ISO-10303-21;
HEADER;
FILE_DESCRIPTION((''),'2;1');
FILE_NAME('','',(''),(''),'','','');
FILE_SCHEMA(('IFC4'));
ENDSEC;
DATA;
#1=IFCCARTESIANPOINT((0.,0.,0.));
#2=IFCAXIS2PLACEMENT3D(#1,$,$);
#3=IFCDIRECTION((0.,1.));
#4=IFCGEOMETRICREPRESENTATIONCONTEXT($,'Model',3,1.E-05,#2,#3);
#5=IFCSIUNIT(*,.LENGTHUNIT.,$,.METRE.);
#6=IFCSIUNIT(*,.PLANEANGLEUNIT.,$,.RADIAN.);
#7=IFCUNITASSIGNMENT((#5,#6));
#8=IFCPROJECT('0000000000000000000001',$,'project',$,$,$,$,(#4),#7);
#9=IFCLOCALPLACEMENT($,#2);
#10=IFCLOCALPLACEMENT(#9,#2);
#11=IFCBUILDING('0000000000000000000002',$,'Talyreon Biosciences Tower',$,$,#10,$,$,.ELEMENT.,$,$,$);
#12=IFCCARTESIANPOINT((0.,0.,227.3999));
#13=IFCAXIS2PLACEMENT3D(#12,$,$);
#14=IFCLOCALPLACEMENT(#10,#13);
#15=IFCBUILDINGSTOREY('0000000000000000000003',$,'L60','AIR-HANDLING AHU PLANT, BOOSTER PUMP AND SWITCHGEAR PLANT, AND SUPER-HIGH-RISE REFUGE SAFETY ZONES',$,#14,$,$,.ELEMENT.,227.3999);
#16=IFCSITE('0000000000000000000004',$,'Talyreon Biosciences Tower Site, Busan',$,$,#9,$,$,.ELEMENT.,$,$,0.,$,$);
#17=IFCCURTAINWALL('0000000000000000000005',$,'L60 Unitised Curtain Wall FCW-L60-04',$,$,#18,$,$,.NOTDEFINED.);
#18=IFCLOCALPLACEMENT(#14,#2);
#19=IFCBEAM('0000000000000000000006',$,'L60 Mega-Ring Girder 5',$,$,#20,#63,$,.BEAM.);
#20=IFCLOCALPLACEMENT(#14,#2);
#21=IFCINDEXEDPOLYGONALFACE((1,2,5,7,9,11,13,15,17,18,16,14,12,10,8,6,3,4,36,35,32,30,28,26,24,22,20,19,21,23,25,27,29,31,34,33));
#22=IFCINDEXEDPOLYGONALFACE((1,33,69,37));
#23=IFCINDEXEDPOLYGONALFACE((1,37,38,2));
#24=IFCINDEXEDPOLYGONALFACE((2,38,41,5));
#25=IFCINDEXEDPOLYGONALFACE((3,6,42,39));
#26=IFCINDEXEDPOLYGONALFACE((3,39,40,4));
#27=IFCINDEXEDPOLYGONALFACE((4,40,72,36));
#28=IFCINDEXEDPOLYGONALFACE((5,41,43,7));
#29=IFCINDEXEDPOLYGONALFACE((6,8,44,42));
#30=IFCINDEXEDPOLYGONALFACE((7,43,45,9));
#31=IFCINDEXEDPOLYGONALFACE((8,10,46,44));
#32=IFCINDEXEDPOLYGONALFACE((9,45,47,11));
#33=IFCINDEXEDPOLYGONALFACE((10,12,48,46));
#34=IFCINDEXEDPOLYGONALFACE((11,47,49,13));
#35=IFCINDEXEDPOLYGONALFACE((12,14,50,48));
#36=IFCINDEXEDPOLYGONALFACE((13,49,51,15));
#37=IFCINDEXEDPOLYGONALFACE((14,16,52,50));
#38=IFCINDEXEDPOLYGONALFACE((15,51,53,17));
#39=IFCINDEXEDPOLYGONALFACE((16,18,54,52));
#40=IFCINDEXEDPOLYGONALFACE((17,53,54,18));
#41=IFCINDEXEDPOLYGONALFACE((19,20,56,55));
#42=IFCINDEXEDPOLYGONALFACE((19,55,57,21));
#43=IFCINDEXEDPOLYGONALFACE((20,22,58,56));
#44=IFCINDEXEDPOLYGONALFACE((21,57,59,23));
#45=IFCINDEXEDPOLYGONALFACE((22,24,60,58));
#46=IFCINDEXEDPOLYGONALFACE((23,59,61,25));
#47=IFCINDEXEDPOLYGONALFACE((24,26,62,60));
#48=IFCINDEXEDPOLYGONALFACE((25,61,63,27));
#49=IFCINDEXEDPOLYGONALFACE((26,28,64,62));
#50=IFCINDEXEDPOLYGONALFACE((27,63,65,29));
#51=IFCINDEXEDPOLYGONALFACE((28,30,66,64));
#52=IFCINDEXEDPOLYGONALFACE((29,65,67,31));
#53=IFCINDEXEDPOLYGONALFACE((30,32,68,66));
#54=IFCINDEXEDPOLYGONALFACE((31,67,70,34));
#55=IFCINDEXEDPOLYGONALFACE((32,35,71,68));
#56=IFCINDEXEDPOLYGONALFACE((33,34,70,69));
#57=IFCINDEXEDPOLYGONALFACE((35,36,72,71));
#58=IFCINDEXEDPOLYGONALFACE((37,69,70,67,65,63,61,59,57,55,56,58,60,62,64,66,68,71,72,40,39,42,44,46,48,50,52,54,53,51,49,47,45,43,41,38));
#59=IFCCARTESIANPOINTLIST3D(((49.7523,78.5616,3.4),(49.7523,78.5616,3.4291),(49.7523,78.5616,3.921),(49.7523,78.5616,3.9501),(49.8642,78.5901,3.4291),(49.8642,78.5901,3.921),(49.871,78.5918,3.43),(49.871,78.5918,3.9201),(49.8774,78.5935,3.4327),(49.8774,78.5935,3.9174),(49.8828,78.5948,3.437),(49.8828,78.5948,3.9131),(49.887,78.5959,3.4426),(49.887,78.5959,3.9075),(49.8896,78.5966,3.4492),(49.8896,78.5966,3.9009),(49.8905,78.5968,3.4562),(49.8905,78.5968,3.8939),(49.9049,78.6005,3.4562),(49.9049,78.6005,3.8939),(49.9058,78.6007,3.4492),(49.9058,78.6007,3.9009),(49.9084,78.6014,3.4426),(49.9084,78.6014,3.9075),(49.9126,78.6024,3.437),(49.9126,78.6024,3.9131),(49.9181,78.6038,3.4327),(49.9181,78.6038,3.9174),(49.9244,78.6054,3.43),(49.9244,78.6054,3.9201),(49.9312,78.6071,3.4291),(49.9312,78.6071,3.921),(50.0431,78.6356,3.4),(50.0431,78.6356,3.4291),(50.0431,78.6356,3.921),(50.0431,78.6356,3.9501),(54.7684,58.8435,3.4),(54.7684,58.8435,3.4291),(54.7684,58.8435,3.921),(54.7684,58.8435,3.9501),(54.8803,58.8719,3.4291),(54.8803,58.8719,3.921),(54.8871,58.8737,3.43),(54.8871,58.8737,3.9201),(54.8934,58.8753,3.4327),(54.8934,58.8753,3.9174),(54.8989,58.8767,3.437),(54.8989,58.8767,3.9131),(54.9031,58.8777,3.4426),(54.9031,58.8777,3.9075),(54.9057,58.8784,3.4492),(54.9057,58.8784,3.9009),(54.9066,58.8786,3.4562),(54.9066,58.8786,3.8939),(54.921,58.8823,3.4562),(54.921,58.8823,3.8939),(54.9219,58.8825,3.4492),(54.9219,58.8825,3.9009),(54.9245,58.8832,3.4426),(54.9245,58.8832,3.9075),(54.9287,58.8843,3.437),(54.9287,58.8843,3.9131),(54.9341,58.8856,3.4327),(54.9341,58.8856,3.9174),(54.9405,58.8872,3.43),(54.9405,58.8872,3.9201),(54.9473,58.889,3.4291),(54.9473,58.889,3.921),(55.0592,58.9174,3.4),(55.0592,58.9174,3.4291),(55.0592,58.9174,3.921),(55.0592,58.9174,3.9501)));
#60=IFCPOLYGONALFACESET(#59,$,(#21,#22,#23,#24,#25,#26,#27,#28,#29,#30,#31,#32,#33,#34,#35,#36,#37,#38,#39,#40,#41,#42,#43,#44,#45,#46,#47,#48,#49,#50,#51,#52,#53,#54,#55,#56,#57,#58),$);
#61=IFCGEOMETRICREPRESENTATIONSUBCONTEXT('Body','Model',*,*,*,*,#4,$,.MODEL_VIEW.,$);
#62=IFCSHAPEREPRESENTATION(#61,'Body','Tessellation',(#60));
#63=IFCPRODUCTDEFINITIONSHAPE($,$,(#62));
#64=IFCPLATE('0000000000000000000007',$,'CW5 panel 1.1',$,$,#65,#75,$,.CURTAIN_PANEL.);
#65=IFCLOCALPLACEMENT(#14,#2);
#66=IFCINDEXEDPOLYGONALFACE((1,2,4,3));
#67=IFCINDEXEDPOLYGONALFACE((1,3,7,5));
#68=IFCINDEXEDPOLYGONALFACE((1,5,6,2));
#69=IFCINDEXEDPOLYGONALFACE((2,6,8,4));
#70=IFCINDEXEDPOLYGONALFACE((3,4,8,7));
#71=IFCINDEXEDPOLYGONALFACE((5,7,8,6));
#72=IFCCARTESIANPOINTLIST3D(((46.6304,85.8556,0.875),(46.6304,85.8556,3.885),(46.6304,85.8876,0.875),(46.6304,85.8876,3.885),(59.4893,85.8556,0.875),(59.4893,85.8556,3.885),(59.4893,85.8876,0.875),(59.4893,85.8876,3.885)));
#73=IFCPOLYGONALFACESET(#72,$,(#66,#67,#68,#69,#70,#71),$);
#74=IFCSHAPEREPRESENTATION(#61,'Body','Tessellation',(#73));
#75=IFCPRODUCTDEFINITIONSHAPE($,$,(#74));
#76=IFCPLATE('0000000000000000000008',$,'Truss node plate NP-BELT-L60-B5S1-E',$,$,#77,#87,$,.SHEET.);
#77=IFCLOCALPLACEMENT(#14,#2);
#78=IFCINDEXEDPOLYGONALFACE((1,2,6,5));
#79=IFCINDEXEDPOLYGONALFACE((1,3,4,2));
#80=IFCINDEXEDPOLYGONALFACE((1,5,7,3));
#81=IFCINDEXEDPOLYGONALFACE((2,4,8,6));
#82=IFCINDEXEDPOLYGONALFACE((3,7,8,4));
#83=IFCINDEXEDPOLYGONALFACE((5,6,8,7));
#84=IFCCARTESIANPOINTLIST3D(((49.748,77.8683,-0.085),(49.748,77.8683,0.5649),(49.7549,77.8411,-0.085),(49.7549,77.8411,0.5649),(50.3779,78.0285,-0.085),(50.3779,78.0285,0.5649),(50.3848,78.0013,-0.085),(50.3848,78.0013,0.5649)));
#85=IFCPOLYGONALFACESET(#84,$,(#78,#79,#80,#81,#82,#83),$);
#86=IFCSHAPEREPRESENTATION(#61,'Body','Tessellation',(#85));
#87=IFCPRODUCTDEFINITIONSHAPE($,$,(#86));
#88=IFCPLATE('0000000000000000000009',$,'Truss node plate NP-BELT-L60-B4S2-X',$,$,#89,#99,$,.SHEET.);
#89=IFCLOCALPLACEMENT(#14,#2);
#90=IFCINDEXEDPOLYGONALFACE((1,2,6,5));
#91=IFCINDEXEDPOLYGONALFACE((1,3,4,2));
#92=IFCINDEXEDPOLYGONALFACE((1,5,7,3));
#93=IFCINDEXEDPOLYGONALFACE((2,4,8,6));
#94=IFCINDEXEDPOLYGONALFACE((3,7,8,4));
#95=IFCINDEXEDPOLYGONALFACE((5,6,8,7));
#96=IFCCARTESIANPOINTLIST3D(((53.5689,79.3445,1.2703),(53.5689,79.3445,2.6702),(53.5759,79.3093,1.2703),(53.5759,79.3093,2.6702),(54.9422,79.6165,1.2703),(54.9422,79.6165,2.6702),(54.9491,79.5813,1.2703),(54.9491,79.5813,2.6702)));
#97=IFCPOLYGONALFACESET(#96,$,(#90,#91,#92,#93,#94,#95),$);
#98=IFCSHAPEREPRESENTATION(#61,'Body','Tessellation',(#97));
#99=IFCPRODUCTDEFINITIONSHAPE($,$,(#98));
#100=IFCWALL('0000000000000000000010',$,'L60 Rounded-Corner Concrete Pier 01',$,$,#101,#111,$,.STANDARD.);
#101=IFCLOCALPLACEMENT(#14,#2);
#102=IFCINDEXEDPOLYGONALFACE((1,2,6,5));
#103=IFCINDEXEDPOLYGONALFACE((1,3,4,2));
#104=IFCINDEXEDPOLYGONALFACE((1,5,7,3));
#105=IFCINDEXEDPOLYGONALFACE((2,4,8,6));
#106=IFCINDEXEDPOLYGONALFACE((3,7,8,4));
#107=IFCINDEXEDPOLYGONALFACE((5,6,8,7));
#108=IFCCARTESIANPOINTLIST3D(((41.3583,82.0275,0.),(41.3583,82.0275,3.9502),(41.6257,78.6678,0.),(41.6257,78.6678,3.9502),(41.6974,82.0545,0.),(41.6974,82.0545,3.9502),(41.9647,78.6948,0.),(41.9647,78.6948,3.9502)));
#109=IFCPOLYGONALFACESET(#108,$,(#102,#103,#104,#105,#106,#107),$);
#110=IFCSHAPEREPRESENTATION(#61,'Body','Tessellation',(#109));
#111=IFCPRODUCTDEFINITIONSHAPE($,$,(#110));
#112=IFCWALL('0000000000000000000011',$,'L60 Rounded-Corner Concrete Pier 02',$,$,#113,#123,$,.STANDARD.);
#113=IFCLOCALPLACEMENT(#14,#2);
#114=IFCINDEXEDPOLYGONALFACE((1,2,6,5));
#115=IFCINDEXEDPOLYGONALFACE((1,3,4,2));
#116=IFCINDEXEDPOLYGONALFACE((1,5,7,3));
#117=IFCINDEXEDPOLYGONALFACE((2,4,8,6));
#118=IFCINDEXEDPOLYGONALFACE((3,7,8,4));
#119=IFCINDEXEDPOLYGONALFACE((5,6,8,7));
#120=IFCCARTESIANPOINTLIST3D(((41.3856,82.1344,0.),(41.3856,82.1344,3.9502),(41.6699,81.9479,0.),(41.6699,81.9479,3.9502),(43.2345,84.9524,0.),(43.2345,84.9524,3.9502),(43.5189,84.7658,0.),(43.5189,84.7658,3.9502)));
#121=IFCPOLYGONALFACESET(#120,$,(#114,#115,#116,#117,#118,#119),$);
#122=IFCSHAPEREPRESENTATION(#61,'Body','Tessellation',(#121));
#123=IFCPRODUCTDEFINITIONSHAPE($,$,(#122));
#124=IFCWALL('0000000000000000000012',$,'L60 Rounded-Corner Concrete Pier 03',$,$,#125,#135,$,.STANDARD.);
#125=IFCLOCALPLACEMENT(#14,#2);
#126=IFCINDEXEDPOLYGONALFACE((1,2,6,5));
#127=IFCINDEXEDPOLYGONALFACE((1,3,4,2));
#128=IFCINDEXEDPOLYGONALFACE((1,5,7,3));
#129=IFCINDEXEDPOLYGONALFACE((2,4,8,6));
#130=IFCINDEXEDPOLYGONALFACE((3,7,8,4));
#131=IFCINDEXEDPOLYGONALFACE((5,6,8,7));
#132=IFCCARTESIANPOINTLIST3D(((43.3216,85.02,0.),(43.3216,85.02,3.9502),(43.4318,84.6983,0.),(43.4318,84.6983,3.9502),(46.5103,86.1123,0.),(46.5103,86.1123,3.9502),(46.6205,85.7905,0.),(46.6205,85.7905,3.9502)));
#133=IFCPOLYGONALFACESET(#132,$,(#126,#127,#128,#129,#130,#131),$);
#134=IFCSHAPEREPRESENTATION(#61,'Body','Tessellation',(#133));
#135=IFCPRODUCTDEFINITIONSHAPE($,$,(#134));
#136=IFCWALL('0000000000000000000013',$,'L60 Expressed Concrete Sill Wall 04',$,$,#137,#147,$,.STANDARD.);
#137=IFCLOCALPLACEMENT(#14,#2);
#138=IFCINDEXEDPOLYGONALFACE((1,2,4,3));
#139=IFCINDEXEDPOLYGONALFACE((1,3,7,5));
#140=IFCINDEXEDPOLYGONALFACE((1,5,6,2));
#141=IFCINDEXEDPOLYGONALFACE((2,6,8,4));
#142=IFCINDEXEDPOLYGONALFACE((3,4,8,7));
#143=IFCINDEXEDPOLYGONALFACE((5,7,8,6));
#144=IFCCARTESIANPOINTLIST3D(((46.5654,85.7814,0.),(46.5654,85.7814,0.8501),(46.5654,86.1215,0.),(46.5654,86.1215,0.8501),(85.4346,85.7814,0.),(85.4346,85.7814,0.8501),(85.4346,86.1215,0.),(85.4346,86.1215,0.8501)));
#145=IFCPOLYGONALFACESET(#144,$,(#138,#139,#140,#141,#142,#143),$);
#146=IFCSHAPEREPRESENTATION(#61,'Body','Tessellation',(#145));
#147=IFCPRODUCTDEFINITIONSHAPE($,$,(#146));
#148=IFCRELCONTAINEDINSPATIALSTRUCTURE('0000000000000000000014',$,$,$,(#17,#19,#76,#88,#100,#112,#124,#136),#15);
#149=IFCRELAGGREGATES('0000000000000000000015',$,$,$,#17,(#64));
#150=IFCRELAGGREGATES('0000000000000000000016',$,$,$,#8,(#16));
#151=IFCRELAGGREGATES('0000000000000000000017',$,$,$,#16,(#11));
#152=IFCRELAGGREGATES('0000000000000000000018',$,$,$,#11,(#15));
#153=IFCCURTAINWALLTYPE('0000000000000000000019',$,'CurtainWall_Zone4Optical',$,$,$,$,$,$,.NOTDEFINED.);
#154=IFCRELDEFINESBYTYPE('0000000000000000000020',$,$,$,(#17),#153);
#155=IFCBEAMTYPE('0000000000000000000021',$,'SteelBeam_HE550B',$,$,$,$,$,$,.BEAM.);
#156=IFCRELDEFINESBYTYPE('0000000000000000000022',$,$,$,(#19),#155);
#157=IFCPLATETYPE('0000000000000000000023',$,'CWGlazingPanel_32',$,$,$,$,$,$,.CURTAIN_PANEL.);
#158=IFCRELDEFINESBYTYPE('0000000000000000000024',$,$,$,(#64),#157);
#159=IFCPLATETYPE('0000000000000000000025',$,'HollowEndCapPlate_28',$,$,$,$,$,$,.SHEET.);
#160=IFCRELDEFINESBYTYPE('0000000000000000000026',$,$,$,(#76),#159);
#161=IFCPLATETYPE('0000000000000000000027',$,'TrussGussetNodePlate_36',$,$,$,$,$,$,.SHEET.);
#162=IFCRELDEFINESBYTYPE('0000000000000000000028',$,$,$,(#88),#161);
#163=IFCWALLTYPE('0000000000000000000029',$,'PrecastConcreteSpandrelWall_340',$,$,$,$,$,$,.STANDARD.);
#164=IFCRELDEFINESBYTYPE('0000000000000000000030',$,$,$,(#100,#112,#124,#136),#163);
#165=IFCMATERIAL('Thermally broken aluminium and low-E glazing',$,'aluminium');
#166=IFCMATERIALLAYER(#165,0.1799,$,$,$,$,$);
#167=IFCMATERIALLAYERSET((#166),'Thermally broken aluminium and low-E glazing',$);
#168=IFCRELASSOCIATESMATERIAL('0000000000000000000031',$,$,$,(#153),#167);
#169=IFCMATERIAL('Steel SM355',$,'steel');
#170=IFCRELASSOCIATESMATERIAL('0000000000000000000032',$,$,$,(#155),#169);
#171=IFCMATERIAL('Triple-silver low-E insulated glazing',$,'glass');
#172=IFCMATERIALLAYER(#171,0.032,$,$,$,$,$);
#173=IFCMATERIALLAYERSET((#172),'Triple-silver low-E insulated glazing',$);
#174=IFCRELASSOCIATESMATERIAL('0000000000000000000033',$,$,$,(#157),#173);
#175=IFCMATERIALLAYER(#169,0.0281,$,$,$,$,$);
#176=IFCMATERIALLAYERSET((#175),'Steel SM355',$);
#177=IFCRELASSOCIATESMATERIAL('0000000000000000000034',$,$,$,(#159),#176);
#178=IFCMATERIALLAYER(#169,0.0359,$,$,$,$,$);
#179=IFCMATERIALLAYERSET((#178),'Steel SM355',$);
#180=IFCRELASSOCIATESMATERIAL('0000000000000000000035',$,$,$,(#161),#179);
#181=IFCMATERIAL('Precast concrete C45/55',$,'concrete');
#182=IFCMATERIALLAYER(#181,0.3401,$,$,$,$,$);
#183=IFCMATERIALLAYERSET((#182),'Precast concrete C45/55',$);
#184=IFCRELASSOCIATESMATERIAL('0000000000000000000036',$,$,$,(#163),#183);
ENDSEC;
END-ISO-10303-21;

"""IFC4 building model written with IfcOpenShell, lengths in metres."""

from ifc_helpers import new_model, si_unit, direction, frame, frame_2d, origin, origin_2d, place, context, subcontext, project, spatial, rectangle, i_section, extrude, material, layer, layer_set, material_profile, profile_set, type_object, element, aggregate, save


model = new_model("IFC4")

# Units and contexts
model_context = context("Model", 3, precision=1e-05, world=origin(), true_north=direction((0.0, 1.0)))
body_context = subcontext(model_context, "Body", "Model", "MODEL_VIEW")
ifc_project = project(units=[si_unit("LENGTHUNIT", "METRE"), si_unit("PLANEANGLEUNIT", "RADIAN")], contexts=[model_context])

# Site, building, storey
site_placement = place(None, origin())
site = spatial("IfcSite", under=ifc_project, at=site_placement, Name="Talyreon Biosciences Tower Site, Busan", CompositionType="ELEMENT", RefElevation=0.0)
building_placement = place(site_placement, origin())
building = spatial("IfcBuilding", under=site, at=building_placement, Name="Talyreon Biosciences Tower", CompositionType="ELEMENT")
storey_placement = place(building_placement, frame((0.0, 0.0, 227.3999)))
storey = spatial("IfcBuildingStorey", under=building, at=storey_placement, Name="L60", Description="AIR-HANDLING AHU PLANT, BOOSTER PUMP AND SWITCHGEAR PLANT, AND SUPER-HIGH-RISE REFUGE SAFETY ZONES", CompositionType="ELEMENT", Elevation=227.3999)

# Shared definitions
ifc_material_1 = material(Name="Steel SM355", Category="steel")

# Shared definitions
ifc_material_2 = material(Name="Thermally broken aluminium and low-E glazing", Category="aluminium")
ifc_layer_1 = layer(ifc_material_2, 0.1799)
ifc_layer_set_1 = layer_set([ifc_layer_1], Name="Thermally broken aluminium and low-E glazing")
curtain_wall_type = type_object("IfcCurtainWallType", Name="CurtainWall_Zone4Optical", PredefinedType="NOTDEFINED", material=ifc_layer_set_1)

# Curtain wall
curtain_wall_1_placement = place(storey_placement, origin())
curtain_wall_1 = element("IfcCurtainWall", 1, at=curtain_wall_1_placement, inside=storey, type_object=curtain_wall_type, Name="L60 Unitised Curtain Wall FCW-L60-04", PredefinedType="NOTDEFINED")

# Shared definitions
ifc_material_3 = material(Name="Precast concrete C45/55", Category="concrete")

# Beam
ifc_material_profile_1 = material_profile(ifc_material_1, i_section(OverallWidth=0.3, OverallDepth=0.55, WebThickness=0.0149, FlangeThickness=0.0291, FilletRadius=0.0271, at=origin_2d()), Name="HE550B")
ifc_profile_set_1 = profile_set([ifc_material_profile_1], Name="Steel SM355")
beam_type_1 = type_object("IfcBeamType", Name="SteelBeam_HE550B", PredefinedType="BEAM", material=ifc_profile_set_1)
beam_1_placement = place(storey_placement, frame((49.8977, 78.5986, 3.675), z_axis=(0.246537, -0.969133, 0.0), x_axis=(0.969133, 0.246537, 0.0)))
element("IfcBeam", 2, at=beam_1_placement, inside=storey, type_object=beam_type_1, Name="L60 Mega-Ring Girder 5", PredefinedType="BEAM", context=body_context, shape_type="SweptSolid", body=[
    extrude(i_section(OverallWidth=0.3, OverallDepth=0.55, WebThickness=0.0149, FlangeThickness=0.0291, FilletRadius=0.0271, at=origin_2d()), origin(), (0.0, 0.0, 1.0), 20.3462),
])

# Plate
ifc_material_4 = material(Name="Triple-silver low-E insulated glazing", Category="glass")
ifc_layer_2 = layer(ifc_material_4, 0.032)
ifc_layer_set_2 = layer_set([ifc_layer_2], Name="Triple-silver low-E insulated glazing")
plate_type_1 = type_object("IfcPlateType", Name="CWGlazingPanel_32", PredefinedType="CURTAIN_PANEL", material=ifc_layer_set_2)
plate_1_placement = place(storey_placement, frame((53.0598, 85.8716, 0.875), z_axis=(0.0, 0.0, 1.0), x_axis=(1.0, 0.0, 0.0)))
plate_1 = element("IfcPlate", 3, at=plate_1_placement, type_object=plate_type_1, Name="CW5 panel 1.1", PredefinedType="CURTAIN_PANEL", context=body_context, shape_type="SweptSolid", body=[
    extrude(rectangle(XDim=12.8589, YDim=0.032, at=origin_2d()), origin(), (0.0, 0.0, 1.0), 3.01),
])
aggregate(curtain_wall_1, [plate_1])

# Plates
ifc_layer_3 = layer(ifc_material_1, 0.0281)
ifc_layer_set_3 = layer_set([ifc_layer_3], Name="Steel SM355")
plate_type_2 = type_object("IfcPlateType", Name="HollowEndCapPlate_28", PredefinedType="SHEET", material=ifc_layer_set_3)
plate_2_placement = place(storey_placement, frame((50.0664, 77.9348, -0.085), z_axis=(0.0, 0.0, 1.0), x_axis=(0.969132, 0.246542, 0.0)))
element("IfcPlate", 4, at=plate_2_placement, inside=storey, type_object=plate_type_2, Name="Truss node plate NP-BELT-L60-B5S1-E", PredefinedType="SHEET", context=body_context, shape_type="SweptSolid", body=[
    extrude(rectangle(XDim=0.6499, YDim=0.0281, at=origin_2d()), origin(), (0.0, 0.0, 1.0), 0.6499),
])
ifc_layer_4 = layer(ifc_material_1, 0.0359)
ifc_layer_set_4 = layer_set([ifc_layer_4], Name="Steel SM355")
plate_type_3 = type_object("IfcPlateType", Name="TrussGussetNodePlate_36", PredefinedType="SHEET", material=ifc_layer_set_4)
plate_3_placement = place(storey_placement, frame((54.259, 79.4629, 1.2703), z_axis=(0.0, 0.0, 1.0), x_axis=(-0.980935, -0.194337, 0.0)))
element("IfcPlate", 5, at=plate_3_placement, inside=storey, type_object=plate_type_3, Name="Truss node plate NP-BELT-L60-B4S2-X", PredefinedType="SHEET", context=body_context, shape_type="SweptSolid", body=[
    extrude(rectangle(XDim=1.3999, YDim=0.0359, at=origin_2d()), origin(), (0.0, 0.0, 1.0), 1.3999),
])

# Walls
ifc_layer_5 = layer(ifc_material_3, 0.3401)
ifc_layer_set_5 = layer_set([ifc_layer_5], Name="Precast concrete C45/55")
wall_type = type_object("IfcWallType", Name="PrecastConcreteSpandrelWall_340", PredefinedType="STANDARD", material=ifc_layer_set_5)
for number, where, z_axis, x_axis, name in (
    (6, (41.7952, 78.6814, 0.0), (0.0, 0.0, 1.0), (-0.079316, 0.99685, 0.0), "L60 Rounded-Corner Concrete Pier 01"),
    (7, (41.5278, 82.0413, 0.0), (0.0, 0.0, 1.0), (0.548584, 0.836096, 0.0), "L60 Rounded-Corner Concrete Pier 02"),
):
    element("IfcWall", number, at=place(storey_placement, frame(where, z_axis=z_axis, x_axis=x_axis)), inside=storey, type_object=wall_type, Name=name, PredefinedType="STANDARD", context=body_context, shape_type="SweptSolid", body=[
        extrude(rectangle(XDim=3.3704, YDim=0.3401, at=frame_2d((1.6851, 0.0))), origin(), (0.0, 0.0, 1.0), 3.9502),
    ])
wall_1_placement = place(storey_placement, frame((43.3767, 84.8591, 0.0), z_axis=(0.0, 0.0, 1.0), x_axis=(0.946036, 0.324061, 0.0)))
element("IfcWall", 8, at=wall_1_placement, inside=storey, type_object=wall_type, Name="L60 Rounded-Corner Concrete Pier 03", PredefinedType="STANDARD", context=body_context, shape_type="SweptSolid", body=[
    extrude(rectangle(XDim=3.3706, YDim=0.3401, at=frame_2d((1.6853, 0.0))), origin(), (0.0, 0.0, 1.0), 3.9502),
])
wall_2_placement = place(storey_placement, frame((46.5654, 85.9514, 0.0), z_axis=(0.0, 0.0, 1.0), x_axis=(1.0, 0.0, 0.0)))
element("IfcWall", 9, at=wall_2_placement, inside=storey, type_object=wall_type, Name="L60 Expressed Concrete Sill Wall 04", PredefinedType="STANDARD", context=body_context, shape_type="SweptSolid", body=[
    extrude(rectangle(XDim=38.8691, YDim=0.3401, at=frame_2d((19.4346, 0.0))), origin(), (0.0, 0.0, 1.0), 0.8501),
])

save(model, "model.ifc")
